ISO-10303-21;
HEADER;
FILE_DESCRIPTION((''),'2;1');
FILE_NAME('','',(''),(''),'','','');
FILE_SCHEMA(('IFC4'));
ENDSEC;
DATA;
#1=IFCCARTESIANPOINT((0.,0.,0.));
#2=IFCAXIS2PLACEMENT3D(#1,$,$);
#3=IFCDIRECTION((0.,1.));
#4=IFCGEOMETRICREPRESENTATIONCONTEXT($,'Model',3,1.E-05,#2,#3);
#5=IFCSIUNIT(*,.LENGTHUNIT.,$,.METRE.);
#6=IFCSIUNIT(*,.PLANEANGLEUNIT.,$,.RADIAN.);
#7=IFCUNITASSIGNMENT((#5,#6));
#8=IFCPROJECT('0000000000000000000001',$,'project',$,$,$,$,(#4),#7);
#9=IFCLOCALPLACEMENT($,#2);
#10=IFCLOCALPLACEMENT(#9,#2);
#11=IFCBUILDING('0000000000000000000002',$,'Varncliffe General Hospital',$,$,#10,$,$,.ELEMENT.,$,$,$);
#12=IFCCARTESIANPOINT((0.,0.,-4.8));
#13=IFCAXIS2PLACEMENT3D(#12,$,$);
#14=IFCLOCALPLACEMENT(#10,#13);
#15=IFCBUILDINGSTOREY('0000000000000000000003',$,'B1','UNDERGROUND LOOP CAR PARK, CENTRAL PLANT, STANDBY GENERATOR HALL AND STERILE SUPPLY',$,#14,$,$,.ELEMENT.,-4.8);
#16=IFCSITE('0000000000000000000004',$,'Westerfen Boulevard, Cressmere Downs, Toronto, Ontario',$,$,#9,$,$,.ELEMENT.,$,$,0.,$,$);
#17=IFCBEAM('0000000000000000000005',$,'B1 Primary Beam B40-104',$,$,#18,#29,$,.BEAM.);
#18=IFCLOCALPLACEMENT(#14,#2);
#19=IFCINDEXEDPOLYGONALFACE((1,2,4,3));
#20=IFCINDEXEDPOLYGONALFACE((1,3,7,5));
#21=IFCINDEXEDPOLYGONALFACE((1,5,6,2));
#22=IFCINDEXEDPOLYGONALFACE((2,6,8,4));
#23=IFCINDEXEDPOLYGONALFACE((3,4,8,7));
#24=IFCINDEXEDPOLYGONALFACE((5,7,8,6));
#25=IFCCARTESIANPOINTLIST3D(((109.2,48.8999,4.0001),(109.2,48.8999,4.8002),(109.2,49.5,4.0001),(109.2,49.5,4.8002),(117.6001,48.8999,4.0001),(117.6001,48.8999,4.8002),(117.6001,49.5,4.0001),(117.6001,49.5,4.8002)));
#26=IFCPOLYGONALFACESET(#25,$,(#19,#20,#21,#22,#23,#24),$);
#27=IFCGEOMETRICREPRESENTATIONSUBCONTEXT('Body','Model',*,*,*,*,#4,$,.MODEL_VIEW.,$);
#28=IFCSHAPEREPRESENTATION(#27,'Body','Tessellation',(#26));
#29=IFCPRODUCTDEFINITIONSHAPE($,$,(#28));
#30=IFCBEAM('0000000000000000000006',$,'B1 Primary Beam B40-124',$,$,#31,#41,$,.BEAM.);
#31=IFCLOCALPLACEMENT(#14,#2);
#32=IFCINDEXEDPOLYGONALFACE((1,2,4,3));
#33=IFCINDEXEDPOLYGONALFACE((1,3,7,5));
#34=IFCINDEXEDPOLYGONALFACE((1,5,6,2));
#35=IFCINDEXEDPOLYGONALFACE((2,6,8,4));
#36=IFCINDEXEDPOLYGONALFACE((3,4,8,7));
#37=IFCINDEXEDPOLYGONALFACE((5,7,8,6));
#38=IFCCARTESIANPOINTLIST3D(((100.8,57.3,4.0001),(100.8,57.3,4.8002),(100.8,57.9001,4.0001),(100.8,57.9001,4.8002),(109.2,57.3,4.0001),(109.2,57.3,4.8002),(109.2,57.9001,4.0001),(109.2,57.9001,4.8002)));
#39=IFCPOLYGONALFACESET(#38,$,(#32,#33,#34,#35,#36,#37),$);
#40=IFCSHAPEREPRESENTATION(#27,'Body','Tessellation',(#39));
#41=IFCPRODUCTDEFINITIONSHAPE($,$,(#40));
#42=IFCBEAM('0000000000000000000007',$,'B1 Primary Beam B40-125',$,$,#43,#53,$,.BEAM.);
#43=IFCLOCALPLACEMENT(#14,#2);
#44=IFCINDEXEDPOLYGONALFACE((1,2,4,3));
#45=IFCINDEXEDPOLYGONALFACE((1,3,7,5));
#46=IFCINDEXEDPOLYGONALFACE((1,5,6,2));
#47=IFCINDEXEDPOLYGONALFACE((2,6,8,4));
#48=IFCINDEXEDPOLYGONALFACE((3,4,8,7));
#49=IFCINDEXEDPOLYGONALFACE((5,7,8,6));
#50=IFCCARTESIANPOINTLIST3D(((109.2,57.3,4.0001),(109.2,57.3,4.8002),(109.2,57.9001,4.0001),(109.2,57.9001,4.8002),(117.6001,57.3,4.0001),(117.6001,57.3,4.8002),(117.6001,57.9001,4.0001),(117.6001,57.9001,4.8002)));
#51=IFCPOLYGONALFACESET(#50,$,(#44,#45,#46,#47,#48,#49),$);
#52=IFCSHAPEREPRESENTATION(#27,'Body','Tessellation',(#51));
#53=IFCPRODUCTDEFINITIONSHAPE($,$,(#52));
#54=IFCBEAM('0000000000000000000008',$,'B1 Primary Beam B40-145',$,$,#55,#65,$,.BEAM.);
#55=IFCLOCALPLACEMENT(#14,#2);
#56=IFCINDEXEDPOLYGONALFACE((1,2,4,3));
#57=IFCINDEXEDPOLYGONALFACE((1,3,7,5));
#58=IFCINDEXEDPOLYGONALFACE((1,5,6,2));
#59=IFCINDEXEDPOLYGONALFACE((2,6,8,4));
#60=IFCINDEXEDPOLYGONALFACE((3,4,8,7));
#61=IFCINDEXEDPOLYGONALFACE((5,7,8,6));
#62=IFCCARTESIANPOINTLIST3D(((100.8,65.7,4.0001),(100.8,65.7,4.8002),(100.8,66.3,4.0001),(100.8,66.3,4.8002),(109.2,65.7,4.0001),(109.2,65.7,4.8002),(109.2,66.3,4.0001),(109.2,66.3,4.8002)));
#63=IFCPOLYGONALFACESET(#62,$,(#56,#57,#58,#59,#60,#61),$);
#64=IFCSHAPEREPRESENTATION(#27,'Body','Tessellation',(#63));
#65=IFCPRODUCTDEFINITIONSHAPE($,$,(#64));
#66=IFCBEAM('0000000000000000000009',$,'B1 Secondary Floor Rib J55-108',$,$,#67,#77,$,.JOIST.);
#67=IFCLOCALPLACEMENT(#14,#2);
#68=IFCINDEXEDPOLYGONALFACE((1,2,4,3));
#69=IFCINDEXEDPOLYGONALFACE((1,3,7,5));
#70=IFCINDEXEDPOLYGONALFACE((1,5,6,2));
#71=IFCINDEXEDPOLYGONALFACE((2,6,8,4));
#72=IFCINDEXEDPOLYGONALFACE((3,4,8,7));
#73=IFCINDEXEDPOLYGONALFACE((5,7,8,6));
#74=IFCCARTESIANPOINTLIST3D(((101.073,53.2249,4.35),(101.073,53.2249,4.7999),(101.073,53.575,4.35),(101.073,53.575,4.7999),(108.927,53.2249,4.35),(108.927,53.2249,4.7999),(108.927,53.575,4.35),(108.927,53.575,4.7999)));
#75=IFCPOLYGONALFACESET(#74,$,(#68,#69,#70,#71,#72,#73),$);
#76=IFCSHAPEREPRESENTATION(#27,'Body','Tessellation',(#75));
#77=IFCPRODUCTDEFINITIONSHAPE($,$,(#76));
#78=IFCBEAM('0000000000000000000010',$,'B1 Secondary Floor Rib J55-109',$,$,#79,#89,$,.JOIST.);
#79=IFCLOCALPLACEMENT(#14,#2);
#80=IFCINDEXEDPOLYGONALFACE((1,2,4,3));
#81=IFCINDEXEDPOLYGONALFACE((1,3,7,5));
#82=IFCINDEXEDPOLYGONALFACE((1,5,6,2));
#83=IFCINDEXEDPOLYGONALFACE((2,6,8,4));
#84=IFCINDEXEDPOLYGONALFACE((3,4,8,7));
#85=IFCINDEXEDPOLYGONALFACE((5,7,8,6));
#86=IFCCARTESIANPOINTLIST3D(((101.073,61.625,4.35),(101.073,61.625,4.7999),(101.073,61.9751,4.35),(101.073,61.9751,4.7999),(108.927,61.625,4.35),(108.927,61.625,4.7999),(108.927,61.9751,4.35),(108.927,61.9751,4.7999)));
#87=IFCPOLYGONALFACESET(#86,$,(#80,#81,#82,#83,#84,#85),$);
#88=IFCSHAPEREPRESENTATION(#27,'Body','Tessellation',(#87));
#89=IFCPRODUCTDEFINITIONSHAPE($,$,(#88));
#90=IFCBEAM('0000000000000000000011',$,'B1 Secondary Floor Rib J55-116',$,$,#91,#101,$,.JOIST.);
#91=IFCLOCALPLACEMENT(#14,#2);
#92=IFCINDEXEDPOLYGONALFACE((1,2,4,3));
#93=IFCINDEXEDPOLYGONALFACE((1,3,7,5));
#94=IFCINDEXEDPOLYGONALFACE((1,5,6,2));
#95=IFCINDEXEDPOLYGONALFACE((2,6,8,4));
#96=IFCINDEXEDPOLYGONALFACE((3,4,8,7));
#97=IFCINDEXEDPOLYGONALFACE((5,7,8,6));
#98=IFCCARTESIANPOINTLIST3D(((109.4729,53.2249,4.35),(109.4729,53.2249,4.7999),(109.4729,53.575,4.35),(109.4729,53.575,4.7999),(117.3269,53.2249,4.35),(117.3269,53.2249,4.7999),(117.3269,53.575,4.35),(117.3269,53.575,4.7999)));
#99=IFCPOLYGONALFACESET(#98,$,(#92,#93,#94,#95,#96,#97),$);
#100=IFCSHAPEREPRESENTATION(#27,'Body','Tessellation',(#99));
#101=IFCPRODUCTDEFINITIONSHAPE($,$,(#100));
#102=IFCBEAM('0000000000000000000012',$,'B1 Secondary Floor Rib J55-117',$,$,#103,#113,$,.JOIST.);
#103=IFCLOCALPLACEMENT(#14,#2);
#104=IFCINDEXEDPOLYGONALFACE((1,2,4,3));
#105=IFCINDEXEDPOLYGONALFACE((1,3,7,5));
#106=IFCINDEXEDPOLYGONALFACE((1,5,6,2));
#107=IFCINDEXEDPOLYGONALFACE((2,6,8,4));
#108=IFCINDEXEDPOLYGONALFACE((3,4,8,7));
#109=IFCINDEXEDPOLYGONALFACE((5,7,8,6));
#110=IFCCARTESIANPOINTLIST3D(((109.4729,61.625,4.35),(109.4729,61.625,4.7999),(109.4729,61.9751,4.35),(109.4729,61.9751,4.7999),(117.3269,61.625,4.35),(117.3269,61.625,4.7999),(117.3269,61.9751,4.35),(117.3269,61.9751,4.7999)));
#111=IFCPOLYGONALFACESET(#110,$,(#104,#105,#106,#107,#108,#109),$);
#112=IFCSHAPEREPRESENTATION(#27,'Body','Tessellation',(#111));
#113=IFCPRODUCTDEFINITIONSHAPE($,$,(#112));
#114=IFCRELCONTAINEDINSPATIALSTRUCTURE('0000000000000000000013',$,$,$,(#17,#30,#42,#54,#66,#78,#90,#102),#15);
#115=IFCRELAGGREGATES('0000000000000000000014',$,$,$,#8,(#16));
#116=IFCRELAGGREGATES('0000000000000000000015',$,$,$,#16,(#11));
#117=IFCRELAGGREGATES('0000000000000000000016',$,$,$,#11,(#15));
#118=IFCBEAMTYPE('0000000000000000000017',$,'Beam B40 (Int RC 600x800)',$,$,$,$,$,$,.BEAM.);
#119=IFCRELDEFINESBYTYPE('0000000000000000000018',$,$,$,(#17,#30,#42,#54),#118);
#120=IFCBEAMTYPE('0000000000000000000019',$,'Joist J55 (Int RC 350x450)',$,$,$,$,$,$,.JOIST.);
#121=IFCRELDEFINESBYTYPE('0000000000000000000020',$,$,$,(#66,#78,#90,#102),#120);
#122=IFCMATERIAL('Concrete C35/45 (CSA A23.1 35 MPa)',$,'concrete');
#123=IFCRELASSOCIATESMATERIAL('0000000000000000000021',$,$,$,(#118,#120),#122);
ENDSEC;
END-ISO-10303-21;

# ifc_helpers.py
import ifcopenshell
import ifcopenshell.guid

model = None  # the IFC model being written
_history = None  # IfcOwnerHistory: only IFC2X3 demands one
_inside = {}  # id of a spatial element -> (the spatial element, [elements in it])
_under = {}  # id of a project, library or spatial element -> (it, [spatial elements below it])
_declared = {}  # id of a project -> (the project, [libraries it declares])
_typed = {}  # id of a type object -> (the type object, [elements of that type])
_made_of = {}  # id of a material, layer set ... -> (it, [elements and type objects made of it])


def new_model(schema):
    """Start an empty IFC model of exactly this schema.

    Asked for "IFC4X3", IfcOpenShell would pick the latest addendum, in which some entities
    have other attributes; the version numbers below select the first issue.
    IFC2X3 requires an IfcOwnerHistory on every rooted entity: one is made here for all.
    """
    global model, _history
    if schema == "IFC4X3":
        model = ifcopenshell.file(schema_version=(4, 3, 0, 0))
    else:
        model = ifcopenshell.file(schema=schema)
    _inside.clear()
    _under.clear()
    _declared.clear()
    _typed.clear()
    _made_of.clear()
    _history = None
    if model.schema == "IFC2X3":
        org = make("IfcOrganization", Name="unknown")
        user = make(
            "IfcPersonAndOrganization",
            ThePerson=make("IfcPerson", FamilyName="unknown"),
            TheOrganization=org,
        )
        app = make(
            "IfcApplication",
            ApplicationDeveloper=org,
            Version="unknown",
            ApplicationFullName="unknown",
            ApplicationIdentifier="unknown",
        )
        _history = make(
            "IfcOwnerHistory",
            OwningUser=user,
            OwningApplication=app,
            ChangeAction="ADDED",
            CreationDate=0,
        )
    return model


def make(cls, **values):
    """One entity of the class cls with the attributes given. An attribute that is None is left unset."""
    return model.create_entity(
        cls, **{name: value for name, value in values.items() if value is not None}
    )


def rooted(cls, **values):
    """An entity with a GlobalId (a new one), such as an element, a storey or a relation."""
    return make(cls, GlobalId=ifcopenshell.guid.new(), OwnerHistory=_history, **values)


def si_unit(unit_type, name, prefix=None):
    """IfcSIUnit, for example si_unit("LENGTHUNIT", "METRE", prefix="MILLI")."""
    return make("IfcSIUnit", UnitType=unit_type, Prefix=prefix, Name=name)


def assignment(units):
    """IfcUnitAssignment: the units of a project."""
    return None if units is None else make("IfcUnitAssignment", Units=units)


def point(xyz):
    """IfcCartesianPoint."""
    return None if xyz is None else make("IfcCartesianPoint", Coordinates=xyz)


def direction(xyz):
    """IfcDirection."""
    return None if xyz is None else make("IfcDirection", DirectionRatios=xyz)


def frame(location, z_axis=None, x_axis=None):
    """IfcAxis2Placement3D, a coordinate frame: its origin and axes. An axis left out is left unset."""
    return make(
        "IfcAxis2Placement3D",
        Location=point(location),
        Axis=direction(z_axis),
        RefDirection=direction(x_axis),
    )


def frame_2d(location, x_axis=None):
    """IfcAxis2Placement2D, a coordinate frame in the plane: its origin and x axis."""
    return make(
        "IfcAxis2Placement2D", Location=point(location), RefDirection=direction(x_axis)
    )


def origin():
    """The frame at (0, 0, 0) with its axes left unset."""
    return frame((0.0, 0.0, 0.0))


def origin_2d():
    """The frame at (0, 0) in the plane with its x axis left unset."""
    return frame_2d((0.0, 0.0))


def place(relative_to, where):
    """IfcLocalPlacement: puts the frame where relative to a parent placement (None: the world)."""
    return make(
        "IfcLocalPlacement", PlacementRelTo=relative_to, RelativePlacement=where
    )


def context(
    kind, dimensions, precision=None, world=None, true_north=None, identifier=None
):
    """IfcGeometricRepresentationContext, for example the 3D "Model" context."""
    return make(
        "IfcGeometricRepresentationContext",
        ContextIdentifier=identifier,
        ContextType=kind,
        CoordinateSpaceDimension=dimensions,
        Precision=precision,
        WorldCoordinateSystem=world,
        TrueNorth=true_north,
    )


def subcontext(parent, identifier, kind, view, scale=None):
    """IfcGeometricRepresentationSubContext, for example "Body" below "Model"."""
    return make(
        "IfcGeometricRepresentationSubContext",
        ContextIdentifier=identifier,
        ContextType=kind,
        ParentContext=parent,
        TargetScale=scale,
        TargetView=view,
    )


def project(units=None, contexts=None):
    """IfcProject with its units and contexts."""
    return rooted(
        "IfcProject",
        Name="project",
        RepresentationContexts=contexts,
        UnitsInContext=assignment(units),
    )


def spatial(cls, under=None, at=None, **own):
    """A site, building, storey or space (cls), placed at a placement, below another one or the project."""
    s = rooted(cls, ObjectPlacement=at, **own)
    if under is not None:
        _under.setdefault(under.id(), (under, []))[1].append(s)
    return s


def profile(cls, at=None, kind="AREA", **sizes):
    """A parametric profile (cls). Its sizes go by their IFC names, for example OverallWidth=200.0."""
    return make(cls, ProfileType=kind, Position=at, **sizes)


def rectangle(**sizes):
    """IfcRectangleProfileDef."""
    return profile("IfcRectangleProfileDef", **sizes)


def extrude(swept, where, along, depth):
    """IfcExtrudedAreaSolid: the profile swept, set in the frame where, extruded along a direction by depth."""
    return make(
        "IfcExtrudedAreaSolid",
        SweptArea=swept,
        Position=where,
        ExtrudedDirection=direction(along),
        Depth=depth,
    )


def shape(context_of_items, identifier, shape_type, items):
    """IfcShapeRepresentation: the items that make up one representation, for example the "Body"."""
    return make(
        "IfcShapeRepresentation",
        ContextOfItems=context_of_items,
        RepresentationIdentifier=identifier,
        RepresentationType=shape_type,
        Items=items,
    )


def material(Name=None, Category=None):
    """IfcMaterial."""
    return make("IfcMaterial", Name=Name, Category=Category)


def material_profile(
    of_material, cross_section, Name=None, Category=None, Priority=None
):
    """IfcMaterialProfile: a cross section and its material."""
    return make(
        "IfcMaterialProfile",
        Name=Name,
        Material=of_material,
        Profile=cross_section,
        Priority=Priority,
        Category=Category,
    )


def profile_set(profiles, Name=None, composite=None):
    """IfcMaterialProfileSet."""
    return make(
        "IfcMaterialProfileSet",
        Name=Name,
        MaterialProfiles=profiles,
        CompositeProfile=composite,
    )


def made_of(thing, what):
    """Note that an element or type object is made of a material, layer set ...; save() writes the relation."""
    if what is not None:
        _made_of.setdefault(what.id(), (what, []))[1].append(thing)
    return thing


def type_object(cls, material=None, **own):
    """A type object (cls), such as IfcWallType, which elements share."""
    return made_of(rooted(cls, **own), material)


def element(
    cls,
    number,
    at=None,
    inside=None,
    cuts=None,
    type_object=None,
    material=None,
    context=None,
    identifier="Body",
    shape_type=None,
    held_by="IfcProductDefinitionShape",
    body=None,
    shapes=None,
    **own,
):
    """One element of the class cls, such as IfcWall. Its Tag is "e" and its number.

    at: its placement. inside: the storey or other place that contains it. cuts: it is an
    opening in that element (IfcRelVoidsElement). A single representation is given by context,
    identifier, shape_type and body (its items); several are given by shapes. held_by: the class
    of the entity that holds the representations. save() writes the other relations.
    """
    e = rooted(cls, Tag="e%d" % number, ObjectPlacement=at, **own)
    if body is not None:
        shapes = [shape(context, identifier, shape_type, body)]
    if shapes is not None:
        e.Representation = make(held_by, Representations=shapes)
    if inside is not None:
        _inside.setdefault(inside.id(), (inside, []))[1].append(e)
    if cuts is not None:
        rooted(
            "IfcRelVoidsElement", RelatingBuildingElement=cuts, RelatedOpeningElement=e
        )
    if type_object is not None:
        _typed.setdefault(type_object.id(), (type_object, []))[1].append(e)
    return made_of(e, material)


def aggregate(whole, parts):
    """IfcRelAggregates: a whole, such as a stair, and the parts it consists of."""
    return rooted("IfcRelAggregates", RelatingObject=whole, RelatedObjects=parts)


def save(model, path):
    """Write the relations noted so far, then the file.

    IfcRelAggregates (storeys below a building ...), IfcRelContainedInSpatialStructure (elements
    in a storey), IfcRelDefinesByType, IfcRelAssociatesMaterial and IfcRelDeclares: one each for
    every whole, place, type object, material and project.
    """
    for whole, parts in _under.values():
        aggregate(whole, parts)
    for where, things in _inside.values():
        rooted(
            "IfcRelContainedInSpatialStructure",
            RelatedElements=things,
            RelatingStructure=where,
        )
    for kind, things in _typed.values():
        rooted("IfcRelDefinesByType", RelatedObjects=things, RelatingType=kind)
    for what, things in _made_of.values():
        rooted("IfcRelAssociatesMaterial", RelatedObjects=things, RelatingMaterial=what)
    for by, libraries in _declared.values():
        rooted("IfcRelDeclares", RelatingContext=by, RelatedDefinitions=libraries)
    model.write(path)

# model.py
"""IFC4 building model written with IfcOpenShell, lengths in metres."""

from ifc_helpers import new_model, si_unit, direction, frame, origin, origin_2d, place, context, subcontext, project, spatial, rectangle, extrude, material, material_profile, profile_set, type_object, element, save


model = new_model("IFC4")

# Units and contexts
model_context = context("Model", 3, precision=1e-05, world=origin(), true_north=direction((0.0, 1.0)))
body_context = subcontext(model_context, "Body", "Model", "MODEL_VIEW")
ifc_project = project(units=[si_unit("LENGTHUNIT", "METRE"), si_unit("PLANEANGLEUNIT", "RADIAN")], contexts=[model_context])

# Site, building, storey
site_placement = place(None, origin())
site = spatial("IfcSite", under=ifc_project, at=site_placement, Name="Westerfen Boulevard, Cressmere Downs, Toronto, Ontario", CompositionType="ELEMENT", RefElevation=0.0)
building_placement = place(site_placement, origin())
building = spatial("IfcBuilding", under=site, at=building_placement, Name="Varncliffe General Hospital", CompositionType="ELEMENT")
storey_placement = place(building_placement, frame((0.0, 0.0, -4.8)))
storey = spatial("IfcBuildingStorey", under=building, at=storey_placement, Name="B1", Description="UNDERGROUND LOOP CAR PARK, CENTRAL PLANT, STANDBY GENERATOR HALL AND STERILE SUPPLY", CompositionType="ELEMENT", Elevation=-4.8)

# Beams
ifc_material_1 = material(Name="Concrete C35/45 (CSA A23.1 35 MPa)", Category="concrete")
ifc_material_profile_1 = material_profile(ifc_material_1, rectangle(XDim=0.6001, YDim=0.8, at=origin_2d()), Name="RC 600x800")
ifc_profile_set_1 = profile_set([ifc_material_profile_1], Name="Concrete C35/45 (CSA A23.1 35 MPa)")
beam_type_1 = type_object("IfcBeamType", Name="Beam B40 (Int RC 600x800)", PredefinedType="BEAM", material=ifc_profile_set_1)
beam_1_placement = place(storey_placement, frame((109.2, 49.2, 4.4001), z_axis=(1.0, 0.0, 0.0), x_axis=(0.0, 1.0, 0.0)))
element("IfcBeam", 1, at=beam_1_placement, inside=storey, type_object=beam_type_1, Name="B1 Primary Beam B40-104", PredefinedType="BEAM", context=body_context, shape_type="SweptSolid", body=[
    extrude(rectangle(XDim=0.6001, YDim=0.8, at=origin_2d()), origin(), (0.0, 0.0, 1.0), 8.4001),
])
beam_2_placement = place(storey_placement, frame((100.8, 57.6001, 4.4001), z_axis=(1.0, 0.0, 0.0), x_axis=(0.0, 1.0, 0.0)))
element("IfcBeam", 2, at=beam_2_placement, inside=storey, type_object=beam_type_1, Name="B1 Primary Beam B40-124", PredefinedType="BEAM", context=body_context, shape_type="SweptSolid", body=[
    extrude(rectangle(XDim=0.6001, YDim=0.8, at=origin_2d()), origin(), (0.0, 0.0, 1.0), 8.3999),
])
beam_3_placement = place(storey_placement, frame((109.2, 57.6001, 4.4001), z_axis=(1.0, 0.0, 0.0), x_axis=(0.0, 1.0, 0.0)))
element("IfcBeam", 3, at=beam_3_placement, inside=storey, type_object=beam_type_1, Name="B1 Primary Beam B40-125", PredefinedType="BEAM", context=body_context, shape_type="SweptSolid", body=[
    extrude(rectangle(XDim=0.6001, YDim=0.8, at=origin_2d()), origin(), (0.0, 0.0, 1.0), 8.4001),
])
beam_4_placement = place(storey_placement, frame((100.8, 66.0, 4.4001), z_axis=(1.0, 0.0, 0.0), x_axis=(0.0, 1.0, 0.0)))
element("IfcBeam", 4, at=beam_4_placement, inside=storey, type_object=beam_type_1, Name="B1 Primary Beam B40-145", PredefinedType="BEAM", context=body_context, shape_type="SweptSolid", body=[
    extrude(rectangle(XDim=0.6001, YDim=0.8, at=origin_2d()), origin(), (0.0, 0.0, 1.0), 8.3999),
])
ifc_material_profile_2 = material_profile(ifc_material_1, rectangle(XDim=0.3501, YDim=0.45, at=origin_2d()), Name="RC 350x450")
ifc_profile_set_2 = profile_set([ifc_material_profile_2], Name="Concrete C35/45 (CSA A23.1 35 MPa)")
beam_type_2 = type_object("IfcBeamType", Name="Joist J55 (Int RC 350x450)", PredefinedType="JOIST", material=ifc_profile_set_2)
for number, where, z_axis, x_axis, name in (
    (5, (101.073, 53.3999, 4.575), (1.0, 0.0, 0.0), (0.0, 1.0, 0.0), "B1 Secondary Floor Rib J55-108"),
    (6, (101.073, 61.8, 4.575), (1.0, 0.0, 0.0), (0.0, 1.0, 0.0), "B1 Secondary Floor Rib J55-109"),
    (7, (109.4729, 53.3999, 4.575), (1.0, 0.0, 0.0), (0.0, 1.0, 0.0), "B1 Secondary Floor Rib J55-116"),
    (8, (109.4729, 61.8, 4.575), (1.0, 0.0, 0.0), (0.0, 1.0, 0.0), "B1 Secondary Floor Rib J55-117"),
):
    element("IfcBeam", number, at=place(storey_placement, frame(where, z_axis=z_axis, x_axis=x_axis)), inside=storey, type_object=beam_type_2, Name=name, PredefinedType="JOIST", context=body_context, shape_type="SweptSolid", body=[
        extrude(rectangle(XDim=0.3501, YDim=0.45, at=origin_2d()), origin(), (0.0, 0.0, 1.0), 7.854),
    ])

save(model, "model.ifc")
